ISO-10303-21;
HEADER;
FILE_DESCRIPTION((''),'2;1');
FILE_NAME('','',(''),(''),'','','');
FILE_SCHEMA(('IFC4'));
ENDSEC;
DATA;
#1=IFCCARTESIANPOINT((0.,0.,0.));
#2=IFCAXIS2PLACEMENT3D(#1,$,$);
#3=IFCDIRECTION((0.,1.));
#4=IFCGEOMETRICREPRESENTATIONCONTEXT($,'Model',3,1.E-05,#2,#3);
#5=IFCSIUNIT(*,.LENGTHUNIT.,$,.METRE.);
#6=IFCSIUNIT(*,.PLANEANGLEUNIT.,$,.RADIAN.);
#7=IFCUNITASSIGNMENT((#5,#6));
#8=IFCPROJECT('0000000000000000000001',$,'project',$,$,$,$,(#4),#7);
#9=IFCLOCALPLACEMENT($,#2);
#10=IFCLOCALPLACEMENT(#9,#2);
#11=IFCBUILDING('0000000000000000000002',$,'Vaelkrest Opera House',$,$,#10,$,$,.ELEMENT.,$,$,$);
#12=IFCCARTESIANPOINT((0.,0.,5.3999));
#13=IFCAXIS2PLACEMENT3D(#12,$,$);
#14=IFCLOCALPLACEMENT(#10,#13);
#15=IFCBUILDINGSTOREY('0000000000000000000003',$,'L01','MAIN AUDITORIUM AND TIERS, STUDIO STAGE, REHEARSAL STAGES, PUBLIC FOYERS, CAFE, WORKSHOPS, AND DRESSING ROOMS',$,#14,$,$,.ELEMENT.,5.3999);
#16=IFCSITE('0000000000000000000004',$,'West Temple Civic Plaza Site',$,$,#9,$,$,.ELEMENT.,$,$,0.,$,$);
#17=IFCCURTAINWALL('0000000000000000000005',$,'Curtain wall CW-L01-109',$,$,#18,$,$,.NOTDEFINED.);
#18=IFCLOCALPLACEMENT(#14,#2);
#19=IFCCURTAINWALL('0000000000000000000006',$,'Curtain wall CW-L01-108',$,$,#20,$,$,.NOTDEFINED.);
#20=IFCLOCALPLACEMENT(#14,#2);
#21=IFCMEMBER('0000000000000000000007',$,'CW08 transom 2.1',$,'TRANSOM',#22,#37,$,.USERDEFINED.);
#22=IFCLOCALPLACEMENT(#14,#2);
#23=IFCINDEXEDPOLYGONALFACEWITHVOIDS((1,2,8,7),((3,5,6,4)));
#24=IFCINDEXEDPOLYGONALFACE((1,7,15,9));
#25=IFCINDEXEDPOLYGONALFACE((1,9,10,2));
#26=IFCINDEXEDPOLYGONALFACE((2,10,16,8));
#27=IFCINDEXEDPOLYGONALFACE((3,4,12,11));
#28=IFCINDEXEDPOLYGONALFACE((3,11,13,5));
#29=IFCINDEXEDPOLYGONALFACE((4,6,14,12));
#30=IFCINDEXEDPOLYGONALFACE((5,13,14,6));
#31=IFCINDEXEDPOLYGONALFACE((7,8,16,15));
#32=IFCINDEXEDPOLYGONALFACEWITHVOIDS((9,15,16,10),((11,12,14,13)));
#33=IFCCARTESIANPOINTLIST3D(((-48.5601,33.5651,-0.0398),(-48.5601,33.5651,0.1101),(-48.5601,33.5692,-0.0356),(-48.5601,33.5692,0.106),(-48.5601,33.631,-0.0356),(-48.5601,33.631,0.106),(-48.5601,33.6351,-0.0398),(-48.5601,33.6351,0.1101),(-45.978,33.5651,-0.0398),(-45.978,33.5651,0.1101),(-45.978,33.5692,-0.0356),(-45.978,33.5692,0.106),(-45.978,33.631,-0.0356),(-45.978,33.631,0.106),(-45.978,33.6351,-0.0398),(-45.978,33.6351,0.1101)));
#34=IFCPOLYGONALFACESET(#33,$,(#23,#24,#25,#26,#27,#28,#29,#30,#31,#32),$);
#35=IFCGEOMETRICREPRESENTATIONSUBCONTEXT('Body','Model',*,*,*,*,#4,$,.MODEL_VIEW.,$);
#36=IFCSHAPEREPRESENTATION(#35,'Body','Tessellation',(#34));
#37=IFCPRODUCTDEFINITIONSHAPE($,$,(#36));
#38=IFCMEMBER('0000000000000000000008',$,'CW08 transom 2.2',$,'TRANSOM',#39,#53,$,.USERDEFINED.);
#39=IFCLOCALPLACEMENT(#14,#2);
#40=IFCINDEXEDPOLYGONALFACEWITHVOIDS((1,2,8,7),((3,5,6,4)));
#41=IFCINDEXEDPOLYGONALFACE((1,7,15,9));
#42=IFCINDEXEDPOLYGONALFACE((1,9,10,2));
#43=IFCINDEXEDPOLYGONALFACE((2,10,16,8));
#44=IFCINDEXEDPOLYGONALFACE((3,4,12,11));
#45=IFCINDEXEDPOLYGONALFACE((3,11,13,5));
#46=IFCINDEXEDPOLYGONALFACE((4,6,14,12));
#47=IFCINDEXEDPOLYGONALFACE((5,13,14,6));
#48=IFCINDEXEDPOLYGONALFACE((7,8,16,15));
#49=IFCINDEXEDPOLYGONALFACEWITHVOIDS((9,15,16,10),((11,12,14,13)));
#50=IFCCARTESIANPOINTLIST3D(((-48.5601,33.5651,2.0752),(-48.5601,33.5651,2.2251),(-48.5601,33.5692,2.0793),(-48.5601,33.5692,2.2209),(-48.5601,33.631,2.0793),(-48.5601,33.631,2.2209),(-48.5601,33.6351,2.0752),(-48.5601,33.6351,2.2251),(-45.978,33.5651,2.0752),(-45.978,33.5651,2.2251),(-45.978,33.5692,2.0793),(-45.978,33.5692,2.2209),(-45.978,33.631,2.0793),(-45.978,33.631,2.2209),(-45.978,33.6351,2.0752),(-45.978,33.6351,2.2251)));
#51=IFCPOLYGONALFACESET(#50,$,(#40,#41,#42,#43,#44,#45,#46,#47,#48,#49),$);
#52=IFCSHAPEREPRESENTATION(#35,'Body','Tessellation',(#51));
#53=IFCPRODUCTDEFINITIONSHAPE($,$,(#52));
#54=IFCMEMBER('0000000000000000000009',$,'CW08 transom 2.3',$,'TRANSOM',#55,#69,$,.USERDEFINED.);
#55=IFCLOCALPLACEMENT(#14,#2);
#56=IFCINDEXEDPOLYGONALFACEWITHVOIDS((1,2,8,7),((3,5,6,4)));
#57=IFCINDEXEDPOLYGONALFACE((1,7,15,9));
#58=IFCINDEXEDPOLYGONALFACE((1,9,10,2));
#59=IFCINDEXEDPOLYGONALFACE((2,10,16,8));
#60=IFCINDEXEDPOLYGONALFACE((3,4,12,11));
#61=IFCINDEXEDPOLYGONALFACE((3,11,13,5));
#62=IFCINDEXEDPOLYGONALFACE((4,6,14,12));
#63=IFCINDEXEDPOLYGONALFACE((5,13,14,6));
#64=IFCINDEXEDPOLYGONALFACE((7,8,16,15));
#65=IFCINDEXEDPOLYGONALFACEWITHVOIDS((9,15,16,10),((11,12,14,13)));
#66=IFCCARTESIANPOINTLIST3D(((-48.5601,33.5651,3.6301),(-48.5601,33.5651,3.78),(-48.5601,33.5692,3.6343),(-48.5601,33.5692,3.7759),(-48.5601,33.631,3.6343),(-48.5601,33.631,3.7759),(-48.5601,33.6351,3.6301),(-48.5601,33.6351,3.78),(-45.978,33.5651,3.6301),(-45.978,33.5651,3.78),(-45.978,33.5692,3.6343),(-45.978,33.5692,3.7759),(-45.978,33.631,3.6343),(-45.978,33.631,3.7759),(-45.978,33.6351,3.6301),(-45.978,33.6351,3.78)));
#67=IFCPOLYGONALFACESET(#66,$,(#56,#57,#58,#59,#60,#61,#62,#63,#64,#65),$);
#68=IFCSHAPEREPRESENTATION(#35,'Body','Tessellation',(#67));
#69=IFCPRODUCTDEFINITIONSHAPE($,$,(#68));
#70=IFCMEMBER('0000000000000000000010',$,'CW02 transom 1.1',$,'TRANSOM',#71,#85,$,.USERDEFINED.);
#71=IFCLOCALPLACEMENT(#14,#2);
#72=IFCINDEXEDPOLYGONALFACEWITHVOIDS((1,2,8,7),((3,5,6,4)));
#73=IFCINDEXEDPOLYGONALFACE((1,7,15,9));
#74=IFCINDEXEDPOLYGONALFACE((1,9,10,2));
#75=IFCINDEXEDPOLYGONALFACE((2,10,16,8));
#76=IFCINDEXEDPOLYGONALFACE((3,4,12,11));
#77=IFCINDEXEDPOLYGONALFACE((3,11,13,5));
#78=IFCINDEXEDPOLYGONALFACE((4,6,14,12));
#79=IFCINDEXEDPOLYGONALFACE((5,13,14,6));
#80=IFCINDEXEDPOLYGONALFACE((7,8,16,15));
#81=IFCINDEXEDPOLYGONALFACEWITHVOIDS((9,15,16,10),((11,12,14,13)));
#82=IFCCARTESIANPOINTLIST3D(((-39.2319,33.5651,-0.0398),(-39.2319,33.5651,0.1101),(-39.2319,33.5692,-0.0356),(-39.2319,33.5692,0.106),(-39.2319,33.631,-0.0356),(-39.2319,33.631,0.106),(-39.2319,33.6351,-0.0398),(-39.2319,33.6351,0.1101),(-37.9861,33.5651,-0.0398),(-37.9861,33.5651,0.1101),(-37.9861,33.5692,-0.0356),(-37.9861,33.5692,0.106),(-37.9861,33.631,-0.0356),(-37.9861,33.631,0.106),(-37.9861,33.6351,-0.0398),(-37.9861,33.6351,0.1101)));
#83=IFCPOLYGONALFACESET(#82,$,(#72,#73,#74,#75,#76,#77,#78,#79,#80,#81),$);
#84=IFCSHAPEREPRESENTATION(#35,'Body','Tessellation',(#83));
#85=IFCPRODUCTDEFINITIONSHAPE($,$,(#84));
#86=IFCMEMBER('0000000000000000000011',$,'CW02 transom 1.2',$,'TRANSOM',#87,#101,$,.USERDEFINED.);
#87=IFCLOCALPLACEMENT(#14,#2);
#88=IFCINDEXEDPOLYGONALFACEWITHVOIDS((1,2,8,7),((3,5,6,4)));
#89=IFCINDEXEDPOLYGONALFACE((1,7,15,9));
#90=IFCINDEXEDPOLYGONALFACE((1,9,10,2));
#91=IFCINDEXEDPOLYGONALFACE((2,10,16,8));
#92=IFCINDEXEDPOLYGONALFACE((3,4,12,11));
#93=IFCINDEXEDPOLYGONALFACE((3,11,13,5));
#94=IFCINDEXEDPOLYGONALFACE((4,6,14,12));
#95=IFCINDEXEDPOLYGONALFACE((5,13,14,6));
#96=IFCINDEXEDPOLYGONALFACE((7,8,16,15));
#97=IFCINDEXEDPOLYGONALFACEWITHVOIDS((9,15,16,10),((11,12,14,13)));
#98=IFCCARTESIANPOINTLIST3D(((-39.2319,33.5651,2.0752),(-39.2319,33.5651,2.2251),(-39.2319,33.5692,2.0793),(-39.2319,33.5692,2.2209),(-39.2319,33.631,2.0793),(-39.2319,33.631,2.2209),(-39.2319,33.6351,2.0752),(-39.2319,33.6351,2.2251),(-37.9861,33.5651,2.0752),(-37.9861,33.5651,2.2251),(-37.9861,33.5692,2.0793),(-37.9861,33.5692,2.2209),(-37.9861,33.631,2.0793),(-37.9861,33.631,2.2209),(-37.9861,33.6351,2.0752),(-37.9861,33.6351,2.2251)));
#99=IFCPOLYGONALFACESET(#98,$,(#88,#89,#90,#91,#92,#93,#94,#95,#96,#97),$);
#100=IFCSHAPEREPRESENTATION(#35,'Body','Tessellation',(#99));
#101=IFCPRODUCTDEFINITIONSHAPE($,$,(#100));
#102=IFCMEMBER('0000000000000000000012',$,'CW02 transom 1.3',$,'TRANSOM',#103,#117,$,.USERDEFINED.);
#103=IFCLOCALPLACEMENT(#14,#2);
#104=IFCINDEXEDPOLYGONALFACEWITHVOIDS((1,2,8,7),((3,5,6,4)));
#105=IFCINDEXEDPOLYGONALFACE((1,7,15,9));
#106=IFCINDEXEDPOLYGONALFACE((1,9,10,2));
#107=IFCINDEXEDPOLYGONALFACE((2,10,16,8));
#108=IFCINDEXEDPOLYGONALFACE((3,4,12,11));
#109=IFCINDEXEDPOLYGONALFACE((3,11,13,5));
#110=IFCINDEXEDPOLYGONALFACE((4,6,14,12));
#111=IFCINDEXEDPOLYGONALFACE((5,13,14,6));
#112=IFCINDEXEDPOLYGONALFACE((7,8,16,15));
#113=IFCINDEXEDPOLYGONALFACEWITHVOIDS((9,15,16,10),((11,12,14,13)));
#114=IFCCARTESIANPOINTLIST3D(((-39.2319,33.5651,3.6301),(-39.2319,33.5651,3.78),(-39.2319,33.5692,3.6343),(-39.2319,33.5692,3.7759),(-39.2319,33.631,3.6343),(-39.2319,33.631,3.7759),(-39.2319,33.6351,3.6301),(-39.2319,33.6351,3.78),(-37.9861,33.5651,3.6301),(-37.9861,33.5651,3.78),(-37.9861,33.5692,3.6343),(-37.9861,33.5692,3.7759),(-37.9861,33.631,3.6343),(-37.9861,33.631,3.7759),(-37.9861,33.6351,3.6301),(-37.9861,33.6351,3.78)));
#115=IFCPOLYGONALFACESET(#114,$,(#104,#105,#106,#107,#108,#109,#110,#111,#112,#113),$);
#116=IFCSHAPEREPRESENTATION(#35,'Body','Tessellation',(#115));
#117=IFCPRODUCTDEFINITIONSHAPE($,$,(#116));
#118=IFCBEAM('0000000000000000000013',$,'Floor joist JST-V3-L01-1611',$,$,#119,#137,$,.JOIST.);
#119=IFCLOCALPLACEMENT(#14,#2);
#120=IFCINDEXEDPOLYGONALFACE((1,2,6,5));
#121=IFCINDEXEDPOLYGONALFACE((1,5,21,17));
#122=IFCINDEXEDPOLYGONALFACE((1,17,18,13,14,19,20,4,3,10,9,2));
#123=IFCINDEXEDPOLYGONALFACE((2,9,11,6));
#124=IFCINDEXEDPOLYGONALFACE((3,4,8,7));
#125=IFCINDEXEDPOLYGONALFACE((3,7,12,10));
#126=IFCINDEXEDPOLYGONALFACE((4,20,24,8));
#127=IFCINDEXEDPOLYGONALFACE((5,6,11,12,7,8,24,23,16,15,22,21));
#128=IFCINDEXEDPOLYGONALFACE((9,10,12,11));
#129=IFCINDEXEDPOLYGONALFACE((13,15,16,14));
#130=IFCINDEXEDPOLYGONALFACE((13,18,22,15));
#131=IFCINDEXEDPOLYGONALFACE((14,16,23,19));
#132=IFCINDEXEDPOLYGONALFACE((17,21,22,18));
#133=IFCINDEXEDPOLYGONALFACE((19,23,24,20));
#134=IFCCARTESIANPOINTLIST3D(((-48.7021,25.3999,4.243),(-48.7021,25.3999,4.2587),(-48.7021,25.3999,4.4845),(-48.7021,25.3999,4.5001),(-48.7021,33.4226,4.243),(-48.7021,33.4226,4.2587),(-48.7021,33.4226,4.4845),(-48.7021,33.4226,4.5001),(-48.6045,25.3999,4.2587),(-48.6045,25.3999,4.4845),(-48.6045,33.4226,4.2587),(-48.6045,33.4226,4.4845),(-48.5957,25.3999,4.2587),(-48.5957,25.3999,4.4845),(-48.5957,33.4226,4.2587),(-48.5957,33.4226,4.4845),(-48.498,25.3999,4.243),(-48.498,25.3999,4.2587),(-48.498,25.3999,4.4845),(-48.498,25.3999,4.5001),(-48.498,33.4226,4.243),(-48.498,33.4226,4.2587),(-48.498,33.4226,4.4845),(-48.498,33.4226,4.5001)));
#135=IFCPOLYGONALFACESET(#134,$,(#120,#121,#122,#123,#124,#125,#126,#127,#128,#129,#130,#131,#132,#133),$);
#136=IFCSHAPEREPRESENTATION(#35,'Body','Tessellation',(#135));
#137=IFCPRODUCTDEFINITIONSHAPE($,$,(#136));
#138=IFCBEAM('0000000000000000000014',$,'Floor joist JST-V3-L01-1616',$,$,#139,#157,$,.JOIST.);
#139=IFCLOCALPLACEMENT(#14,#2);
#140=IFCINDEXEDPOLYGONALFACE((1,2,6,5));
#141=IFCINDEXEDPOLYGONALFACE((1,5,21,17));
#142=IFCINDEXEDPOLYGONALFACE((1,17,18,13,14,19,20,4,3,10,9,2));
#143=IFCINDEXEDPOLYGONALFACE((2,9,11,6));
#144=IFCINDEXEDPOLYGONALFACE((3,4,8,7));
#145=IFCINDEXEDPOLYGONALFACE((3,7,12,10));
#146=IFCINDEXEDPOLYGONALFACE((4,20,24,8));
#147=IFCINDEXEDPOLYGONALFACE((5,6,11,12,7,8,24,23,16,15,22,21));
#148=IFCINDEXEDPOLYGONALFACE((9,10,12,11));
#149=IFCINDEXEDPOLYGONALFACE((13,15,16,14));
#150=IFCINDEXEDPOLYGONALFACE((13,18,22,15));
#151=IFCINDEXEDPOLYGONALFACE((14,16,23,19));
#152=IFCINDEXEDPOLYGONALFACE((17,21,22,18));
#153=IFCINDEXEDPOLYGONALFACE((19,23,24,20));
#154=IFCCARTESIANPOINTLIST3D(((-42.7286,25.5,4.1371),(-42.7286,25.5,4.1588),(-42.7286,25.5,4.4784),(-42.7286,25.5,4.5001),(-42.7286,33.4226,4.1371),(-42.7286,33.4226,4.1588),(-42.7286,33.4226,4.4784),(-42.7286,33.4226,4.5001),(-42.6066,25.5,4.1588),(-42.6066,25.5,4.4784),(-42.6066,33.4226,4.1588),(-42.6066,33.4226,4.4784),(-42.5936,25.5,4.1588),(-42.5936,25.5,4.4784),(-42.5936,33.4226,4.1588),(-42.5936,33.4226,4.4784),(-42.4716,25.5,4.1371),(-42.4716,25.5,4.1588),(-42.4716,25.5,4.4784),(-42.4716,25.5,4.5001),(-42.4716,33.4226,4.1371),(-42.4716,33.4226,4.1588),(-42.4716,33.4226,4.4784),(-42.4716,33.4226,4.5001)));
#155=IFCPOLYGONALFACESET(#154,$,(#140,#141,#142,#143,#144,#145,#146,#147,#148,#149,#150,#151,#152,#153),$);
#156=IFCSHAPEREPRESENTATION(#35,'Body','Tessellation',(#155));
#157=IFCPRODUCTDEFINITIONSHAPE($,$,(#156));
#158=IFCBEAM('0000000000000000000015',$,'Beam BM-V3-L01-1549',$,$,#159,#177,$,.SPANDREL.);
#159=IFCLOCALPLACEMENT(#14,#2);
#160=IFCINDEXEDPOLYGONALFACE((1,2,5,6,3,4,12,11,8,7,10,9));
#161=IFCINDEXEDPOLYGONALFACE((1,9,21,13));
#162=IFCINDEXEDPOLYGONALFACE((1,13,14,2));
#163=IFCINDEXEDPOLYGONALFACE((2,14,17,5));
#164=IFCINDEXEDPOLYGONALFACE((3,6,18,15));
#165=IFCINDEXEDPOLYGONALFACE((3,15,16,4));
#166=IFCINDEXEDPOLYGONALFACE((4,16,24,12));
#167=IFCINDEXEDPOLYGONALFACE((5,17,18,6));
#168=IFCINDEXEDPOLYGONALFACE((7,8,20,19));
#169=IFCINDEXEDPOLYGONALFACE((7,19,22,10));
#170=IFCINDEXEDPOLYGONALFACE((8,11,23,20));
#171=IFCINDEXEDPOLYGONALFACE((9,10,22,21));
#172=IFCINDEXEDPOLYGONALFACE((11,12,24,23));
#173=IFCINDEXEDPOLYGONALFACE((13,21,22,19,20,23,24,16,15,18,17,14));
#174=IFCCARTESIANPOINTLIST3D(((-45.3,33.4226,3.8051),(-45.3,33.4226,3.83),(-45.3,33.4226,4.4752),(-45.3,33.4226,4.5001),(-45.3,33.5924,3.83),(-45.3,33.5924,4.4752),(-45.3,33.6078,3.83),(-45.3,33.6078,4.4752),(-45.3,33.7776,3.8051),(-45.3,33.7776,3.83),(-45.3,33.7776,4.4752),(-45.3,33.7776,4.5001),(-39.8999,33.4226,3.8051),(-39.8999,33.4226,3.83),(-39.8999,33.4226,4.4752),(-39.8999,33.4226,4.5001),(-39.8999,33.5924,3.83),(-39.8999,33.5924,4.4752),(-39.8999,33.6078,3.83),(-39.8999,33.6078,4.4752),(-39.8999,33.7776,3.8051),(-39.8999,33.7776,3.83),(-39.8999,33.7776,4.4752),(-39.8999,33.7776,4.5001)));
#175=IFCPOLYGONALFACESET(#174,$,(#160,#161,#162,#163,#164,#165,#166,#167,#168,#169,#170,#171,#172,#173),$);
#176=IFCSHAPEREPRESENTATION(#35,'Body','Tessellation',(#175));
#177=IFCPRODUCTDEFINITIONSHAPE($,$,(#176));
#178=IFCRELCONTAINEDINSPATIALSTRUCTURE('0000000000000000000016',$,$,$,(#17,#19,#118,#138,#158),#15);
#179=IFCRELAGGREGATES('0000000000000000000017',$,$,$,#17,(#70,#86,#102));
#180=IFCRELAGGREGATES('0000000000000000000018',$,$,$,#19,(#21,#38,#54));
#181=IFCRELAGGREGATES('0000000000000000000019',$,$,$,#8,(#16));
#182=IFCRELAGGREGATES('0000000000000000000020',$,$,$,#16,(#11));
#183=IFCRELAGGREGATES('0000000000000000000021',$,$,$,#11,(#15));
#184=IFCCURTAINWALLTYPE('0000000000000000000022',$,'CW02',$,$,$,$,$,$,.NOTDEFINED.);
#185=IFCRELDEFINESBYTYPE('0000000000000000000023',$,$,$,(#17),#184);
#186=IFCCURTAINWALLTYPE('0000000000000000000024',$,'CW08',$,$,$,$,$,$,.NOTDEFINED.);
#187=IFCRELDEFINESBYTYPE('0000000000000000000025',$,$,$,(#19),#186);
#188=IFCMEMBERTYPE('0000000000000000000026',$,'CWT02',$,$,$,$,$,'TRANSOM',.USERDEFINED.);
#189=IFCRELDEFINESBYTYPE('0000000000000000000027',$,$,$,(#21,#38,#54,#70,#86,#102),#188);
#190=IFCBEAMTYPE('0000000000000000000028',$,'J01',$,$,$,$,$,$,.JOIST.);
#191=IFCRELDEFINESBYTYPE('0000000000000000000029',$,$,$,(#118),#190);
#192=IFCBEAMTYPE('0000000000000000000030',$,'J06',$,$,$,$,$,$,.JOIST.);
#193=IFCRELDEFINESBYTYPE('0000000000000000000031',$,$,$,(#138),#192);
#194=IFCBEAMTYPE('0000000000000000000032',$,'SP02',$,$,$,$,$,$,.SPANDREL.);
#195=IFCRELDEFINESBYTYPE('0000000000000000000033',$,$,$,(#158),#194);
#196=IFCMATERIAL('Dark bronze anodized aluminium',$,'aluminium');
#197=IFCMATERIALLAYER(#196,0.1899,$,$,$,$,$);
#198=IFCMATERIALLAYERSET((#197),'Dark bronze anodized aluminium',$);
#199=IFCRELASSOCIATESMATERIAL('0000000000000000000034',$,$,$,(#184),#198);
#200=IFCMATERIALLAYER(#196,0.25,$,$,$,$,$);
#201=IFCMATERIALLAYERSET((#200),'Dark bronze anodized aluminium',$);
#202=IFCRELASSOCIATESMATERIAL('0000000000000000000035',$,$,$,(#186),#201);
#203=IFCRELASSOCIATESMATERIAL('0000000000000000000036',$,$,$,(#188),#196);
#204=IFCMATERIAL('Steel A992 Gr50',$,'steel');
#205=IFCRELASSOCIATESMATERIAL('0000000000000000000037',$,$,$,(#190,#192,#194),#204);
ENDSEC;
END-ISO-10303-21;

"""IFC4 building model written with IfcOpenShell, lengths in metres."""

from ifc_helpers import new_model, si_unit, direction, frame, origin, origin_2d, place, context, subcontext, project, spatial, hollow_rectangle, i_section, extrude, material, layer, layer_set, material_profile, profile_set, type_object, element, aggregate, save


model = new_model("IFC4")

# Units and contexts
model_context = context("Model", 3, precision=1e-05, world=origin(), true_north=direction((0.0, 1.0)))
body_context = subcontext(model_context, "Body", "Model", "MODEL_VIEW")
ifc_project = project(units=[si_unit("LENGTHUNIT", "METRE"), si_unit("PLANEANGLEUNIT", "RADIAN")], contexts=[model_context])

# Site, building, storey
site_placement = place(None, origin())
site = spatial("IfcSite", under=ifc_project, at=site_placement, Name="West Temple Civic Plaza Site", CompositionType="ELEMENT", RefElevation=0.0)
building_placement = place(site_placement, origin())
building = spatial("IfcBuilding", under=site, at=building_placement, Name="Vaelkrest Opera House", CompositionType="ELEMENT")
storey_placement = place(building_placement, frame((0.0, 0.0, 5.3999)))
storey = spatial("IfcBuildingStorey", under=building, at=storey_placement, Name="L01", Description="MAIN AUDITORIUM AND TIERS, STUDIO STAGE, REHEARSAL STAGES, PUBLIC FOYERS, CAFE, WORKSHOPS, AND DRESSING ROOMS", CompositionType="ELEMENT", Elevation=5.3999)

# Shared definitions
ifc_material_1 = material(Name="Steel A992 Gr50", Category="steel")

# Curtain wall
ifc_material_2 = material(Name="Dark bronze anodized aluminium", Category="aluminium")
ifc_layer_1 = layer(ifc_material_2, 0.1899)
ifc_layer_set_1 = layer_set([ifc_layer_1], Name="Dark bronze anodized aluminium")
curtain_wall_type_1 = type_object("IfcCurtainWallType", Name="CW02", PredefinedType="NOTDEFINED", material=ifc_layer_set_1)
curtain_wall_1_placement = place(storey_placement, origin())
curtain_wall_1 = element("IfcCurtainWall", 1, at=curtain_wall_1_placement, inside=storey, type_object=curtain_wall_type_1, Name="Curtain wall CW-L01-109", PredefinedType="NOTDEFINED")

# Curtain wall, members
ifc_layer_2 = layer(ifc_material_2, 0.25)
ifc_layer_set_2 = layer_set([ifc_layer_2], Name="Dark bronze anodized aluminium")
curtain_wall_type_2 = type_object("IfcCurtainWallType", Name="CW08", PredefinedType="NOTDEFINED", material=ifc_layer_set_2)
curtain_wall_2_placement = place(storey_placement, origin())
curtain_wall_2 = element("IfcCurtainWall", 2, at=curtain_wall_2_placement, inside=storey, type_object=curtain_wall_type_2, Name="Curtain wall CW-L01-108", PredefinedType="NOTDEFINED")
ifc_material_profile_1 = material_profile(ifc_material_2, hollow_rectangle(XDim=0.0701, YDim=0.1499, WallThickness=0.0042, at=origin_2d()), Name="CWT70X150")
ifc_profile_set_1 = profile_set([ifc_material_profile_1], Name="Dark bronze anodized aluminium")
member_type_1 = type_object("IfcMemberType", Name="CWT02", ElementType="TRANSOM", PredefinedType="USERDEFINED", material=ifc_profile_set_1)
member_1_placement = place(storey_placement, frame((-48.5601, 33.6001, 0.0352), z_axis=(1.0, 0.0, 0.0), x_axis=(0.0, 1.0, 0.0)))
member_1 = element("IfcMember", 3, at=member_1_placement, type_object=member_type_1, Name="CW08 transom 2.1", ObjectType="TRANSOM", PredefinedType="USERDEFINED", context=body_context, shape_type="SweptSolid", body=[
    extrude(hollow_rectangle(XDim=0.0701, YDim=0.1499, WallThickness=0.0042, at=origin_2d()), origin(), (0.0, 0.0, 1.0), 2.582),
])
member_2_placement = place(storey_placement, frame((-48.5601, 33.6001, 2.1501), z_axis=(1.0, 0.0, 0.0), x_axis=(0.0, 1.0, 0.0)))
member_2 = element("IfcMember", 4, at=member_2_placement, type_object=member_type_1, Name="CW08 transom 2.2", ObjectType="TRANSOM", PredefinedType="USERDEFINED", context=body_context, shape_type="SweptSolid", body=[
    extrude(hollow_rectangle(XDim=0.0701, YDim=0.1499, WallThickness=0.0042, at=origin_2d()), origin(), (0.0, 0.0, 1.0), 2.582),
])
member_3_placement = place(storey_placement, frame((-48.5601, 33.6001, 3.7051), z_axis=(1.0, 0.0, 0.0), x_axis=(0.0, 1.0, 0.0)))
member_3 = element("IfcMember", 5, at=member_3_placement, type_object=member_type_1, Name="CW08 transom 2.3", ObjectType="TRANSOM", PredefinedType="USERDEFINED", context=body_context, shape_type="SweptSolid", body=[
    extrude(hollow_rectangle(XDim=0.0701, YDim=0.1499, WallThickness=0.0042, at=origin_2d()), origin(), (0.0, 0.0, 1.0), 2.582),
])

# Members
member_4_placement = place(storey_placement, frame((-39.2319, 33.6001, 0.0352), z_axis=(1.0, 0.0, 0.0), x_axis=(0.0, 1.0, 0.0)))
member_4 = element("IfcMember", 6, at=member_4_placement, type_object=member_type_1, Name="CW02 transom 1.1", ObjectType="TRANSOM", PredefinedType="USERDEFINED", context=body_context, shape_type="SweptSolid", body=[
    extrude(hollow_rectangle(XDim=0.0701, YDim=0.1499, WallThickness=0.0042, at=origin_2d()), origin(), (0.0, 0.0, 1.0), 1.2458),
])
member_5_placement = place(storey_placement, frame((-39.2319, 33.6001, 2.1501), z_axis=(1.0, 0.0, 0.0), x_axis=(0.0, 1.0, 0.0)))
member_5 = element("IfcMember", 7, at=member_5_placement, type_object=member_type_1, Name="CW02 transom 1.2", ObjectType="TRANSOM", PredefinedType="USERDEFINED", context=body_context, shape_type="SweptSolid", body=[
    extrude(hollow_rectangle(XDim=0.0701, YDim=0.1499, WallThickness=0.0042, at=origin_2d()), origin(), (0.0, 0.0, 1.0), 1.2458),
])
member_6_placement = place(storey_placement, frame((-39.2319, 33.6001, 3.7051), z_axis=(1.0, 0.0, 0.0), x_axis=(0.0, 1.0, 0.0)))
member_6 = element("IfcMember", 8, at=member_6_placement, type_object=member_type_1, Name="CW02 transom 1.3", ObjectType="TRANSOM", PredefinedType="USERDEFINED", context=body_context, shape_type="SweptSolid", body=[
    extrude(hollow_rectangle(XDim=0.0701, YDim=0.1499, WallThickness=0.0042, at=origin_2d()), origin(), (0.0, 0.0, 1.0), 1.2458),
])

# Beams
ifc_material_profile_2 = material_profile(ifc_material_1, i_section(OverallWidth=0.2041, OverallDepth=0.2571, WebThickness=0.0088, FlangeThickness=0.0156, at=origin_2d()), Name="W10X45")
ifc_profile_set_2 = profile_set([ifc_material_profile_2], Name="Steel A992 Gr50")
beam_type_1 = type_object("IfcBeamType", Name="J01", PredefinedType="JOIST", material=ifc_profile_set_2)
beam_1_placement = place(storey_placement, frame((-48.6001, 25.3999, 4.3716), z_axis=(0.0, 1.0, 0.0), x_axis=(-1.0, 0.0, 0.0)))
element("IfcBeam", 9, at=beam_1_placement, inside=storey, type_object=beam_type_1, Name="Floor joist JST-V3-L01-1611", PredefinedType="JOIST", context=body_context, shape_type="SweptSolid", body=[
    extrude(i_section(OverallWidth=0.2041, OverallDepth=0.2571, WebThickness=0.0088, FlangeThickness=0.0156, at=origin_2d()), origin(), (0.0, 0.0, 1.0), 8.0227),
])
ifc_material_profile_3 = material_profile(ifc_material_1, i_section(OverallWidth=0.2571, OverallDepth=0.363, WebThickness=0.0129, FlangeThickness=0.0217, at=origin_2d()), Name="W14X82")
ifc_profile_set_3 = profile_set([ifc_material_profile_3], Name="Steel A992 Gr50")
beam_type_2 = type_object("IfcBeamType", Name="J06", PredefinedType="JOIST", material=ifc_profile_set_3)
beam_2_placement = place(storey_placement, frame((-42.6001, 25.5, 4.3186), z_axis=(0.0, 1.0, 0.0), x_axis=(-1.0, 0.0, 0.0)))
element("IfcBeam", 10, at=beam_2_placement, inside=storey, type_object=beam_type_2, Name="Floor joist JST-V3-L01-1616", PredefinedType="JOIST", context=body_context, shape_type="SweptSolid", body=[
    extrude(i_section(OverallWidth=0.2571, OverallDepth=0.363, WebThickness=0.0129, FlangeThickness=0.0217, at=origin_2d()), origin(), (0.0, 0.0, 1.0), 7.9226),
])
ifc_material_profile_4 = material_profile(ifc_material_1, i_section(OverallWidth=0.355, OverallDepth=0.6951, WebThickness=0.0154, FlangeThickness=0.0249, at=origin_2d()), Name="W27X146")
ifc_profile_set_4 = profile_set([ifc_material_profile_4], Name="Steel A992 Gr50")
beam_type_3 = type_object("IfcBeamType", Name="SP02", PredefinedType="SPANDREL", material=ifc_profile_set_4)
for number, where, z_axis, x_axis, name in (
    (11, (-45.3, 33.6001, 4.1526), (1.0, 0.0, 0.0), (0.0, 1.0, 0.0), "Beam BM-V3-L01-1549"),
):
    element("IfcBeam", number, at=place(storey_placement, frame(where, z_axis=z_axis, x_axis=x_axis)), inside=storey, type_object=beam_type_3, Name=name, PredefinedType="SPANDREL", context=body_context, shape_type="SweptSolid", body=[
        extrude(i_section(OverallWidth=0.355, OverallDepth=0.6951, WebThickness=0.0154, FlangeThickness=0.0249, at=origin_2d()), origin(), (0.0, 0.0, 1.0), 5.4001),
    ])

aggregate(curtain_wall_1, [member_4, member_5, member_6])
aggregate(curtain_wall_2, [member_1, member_2, member_3])

save(model, "model.ifc")
